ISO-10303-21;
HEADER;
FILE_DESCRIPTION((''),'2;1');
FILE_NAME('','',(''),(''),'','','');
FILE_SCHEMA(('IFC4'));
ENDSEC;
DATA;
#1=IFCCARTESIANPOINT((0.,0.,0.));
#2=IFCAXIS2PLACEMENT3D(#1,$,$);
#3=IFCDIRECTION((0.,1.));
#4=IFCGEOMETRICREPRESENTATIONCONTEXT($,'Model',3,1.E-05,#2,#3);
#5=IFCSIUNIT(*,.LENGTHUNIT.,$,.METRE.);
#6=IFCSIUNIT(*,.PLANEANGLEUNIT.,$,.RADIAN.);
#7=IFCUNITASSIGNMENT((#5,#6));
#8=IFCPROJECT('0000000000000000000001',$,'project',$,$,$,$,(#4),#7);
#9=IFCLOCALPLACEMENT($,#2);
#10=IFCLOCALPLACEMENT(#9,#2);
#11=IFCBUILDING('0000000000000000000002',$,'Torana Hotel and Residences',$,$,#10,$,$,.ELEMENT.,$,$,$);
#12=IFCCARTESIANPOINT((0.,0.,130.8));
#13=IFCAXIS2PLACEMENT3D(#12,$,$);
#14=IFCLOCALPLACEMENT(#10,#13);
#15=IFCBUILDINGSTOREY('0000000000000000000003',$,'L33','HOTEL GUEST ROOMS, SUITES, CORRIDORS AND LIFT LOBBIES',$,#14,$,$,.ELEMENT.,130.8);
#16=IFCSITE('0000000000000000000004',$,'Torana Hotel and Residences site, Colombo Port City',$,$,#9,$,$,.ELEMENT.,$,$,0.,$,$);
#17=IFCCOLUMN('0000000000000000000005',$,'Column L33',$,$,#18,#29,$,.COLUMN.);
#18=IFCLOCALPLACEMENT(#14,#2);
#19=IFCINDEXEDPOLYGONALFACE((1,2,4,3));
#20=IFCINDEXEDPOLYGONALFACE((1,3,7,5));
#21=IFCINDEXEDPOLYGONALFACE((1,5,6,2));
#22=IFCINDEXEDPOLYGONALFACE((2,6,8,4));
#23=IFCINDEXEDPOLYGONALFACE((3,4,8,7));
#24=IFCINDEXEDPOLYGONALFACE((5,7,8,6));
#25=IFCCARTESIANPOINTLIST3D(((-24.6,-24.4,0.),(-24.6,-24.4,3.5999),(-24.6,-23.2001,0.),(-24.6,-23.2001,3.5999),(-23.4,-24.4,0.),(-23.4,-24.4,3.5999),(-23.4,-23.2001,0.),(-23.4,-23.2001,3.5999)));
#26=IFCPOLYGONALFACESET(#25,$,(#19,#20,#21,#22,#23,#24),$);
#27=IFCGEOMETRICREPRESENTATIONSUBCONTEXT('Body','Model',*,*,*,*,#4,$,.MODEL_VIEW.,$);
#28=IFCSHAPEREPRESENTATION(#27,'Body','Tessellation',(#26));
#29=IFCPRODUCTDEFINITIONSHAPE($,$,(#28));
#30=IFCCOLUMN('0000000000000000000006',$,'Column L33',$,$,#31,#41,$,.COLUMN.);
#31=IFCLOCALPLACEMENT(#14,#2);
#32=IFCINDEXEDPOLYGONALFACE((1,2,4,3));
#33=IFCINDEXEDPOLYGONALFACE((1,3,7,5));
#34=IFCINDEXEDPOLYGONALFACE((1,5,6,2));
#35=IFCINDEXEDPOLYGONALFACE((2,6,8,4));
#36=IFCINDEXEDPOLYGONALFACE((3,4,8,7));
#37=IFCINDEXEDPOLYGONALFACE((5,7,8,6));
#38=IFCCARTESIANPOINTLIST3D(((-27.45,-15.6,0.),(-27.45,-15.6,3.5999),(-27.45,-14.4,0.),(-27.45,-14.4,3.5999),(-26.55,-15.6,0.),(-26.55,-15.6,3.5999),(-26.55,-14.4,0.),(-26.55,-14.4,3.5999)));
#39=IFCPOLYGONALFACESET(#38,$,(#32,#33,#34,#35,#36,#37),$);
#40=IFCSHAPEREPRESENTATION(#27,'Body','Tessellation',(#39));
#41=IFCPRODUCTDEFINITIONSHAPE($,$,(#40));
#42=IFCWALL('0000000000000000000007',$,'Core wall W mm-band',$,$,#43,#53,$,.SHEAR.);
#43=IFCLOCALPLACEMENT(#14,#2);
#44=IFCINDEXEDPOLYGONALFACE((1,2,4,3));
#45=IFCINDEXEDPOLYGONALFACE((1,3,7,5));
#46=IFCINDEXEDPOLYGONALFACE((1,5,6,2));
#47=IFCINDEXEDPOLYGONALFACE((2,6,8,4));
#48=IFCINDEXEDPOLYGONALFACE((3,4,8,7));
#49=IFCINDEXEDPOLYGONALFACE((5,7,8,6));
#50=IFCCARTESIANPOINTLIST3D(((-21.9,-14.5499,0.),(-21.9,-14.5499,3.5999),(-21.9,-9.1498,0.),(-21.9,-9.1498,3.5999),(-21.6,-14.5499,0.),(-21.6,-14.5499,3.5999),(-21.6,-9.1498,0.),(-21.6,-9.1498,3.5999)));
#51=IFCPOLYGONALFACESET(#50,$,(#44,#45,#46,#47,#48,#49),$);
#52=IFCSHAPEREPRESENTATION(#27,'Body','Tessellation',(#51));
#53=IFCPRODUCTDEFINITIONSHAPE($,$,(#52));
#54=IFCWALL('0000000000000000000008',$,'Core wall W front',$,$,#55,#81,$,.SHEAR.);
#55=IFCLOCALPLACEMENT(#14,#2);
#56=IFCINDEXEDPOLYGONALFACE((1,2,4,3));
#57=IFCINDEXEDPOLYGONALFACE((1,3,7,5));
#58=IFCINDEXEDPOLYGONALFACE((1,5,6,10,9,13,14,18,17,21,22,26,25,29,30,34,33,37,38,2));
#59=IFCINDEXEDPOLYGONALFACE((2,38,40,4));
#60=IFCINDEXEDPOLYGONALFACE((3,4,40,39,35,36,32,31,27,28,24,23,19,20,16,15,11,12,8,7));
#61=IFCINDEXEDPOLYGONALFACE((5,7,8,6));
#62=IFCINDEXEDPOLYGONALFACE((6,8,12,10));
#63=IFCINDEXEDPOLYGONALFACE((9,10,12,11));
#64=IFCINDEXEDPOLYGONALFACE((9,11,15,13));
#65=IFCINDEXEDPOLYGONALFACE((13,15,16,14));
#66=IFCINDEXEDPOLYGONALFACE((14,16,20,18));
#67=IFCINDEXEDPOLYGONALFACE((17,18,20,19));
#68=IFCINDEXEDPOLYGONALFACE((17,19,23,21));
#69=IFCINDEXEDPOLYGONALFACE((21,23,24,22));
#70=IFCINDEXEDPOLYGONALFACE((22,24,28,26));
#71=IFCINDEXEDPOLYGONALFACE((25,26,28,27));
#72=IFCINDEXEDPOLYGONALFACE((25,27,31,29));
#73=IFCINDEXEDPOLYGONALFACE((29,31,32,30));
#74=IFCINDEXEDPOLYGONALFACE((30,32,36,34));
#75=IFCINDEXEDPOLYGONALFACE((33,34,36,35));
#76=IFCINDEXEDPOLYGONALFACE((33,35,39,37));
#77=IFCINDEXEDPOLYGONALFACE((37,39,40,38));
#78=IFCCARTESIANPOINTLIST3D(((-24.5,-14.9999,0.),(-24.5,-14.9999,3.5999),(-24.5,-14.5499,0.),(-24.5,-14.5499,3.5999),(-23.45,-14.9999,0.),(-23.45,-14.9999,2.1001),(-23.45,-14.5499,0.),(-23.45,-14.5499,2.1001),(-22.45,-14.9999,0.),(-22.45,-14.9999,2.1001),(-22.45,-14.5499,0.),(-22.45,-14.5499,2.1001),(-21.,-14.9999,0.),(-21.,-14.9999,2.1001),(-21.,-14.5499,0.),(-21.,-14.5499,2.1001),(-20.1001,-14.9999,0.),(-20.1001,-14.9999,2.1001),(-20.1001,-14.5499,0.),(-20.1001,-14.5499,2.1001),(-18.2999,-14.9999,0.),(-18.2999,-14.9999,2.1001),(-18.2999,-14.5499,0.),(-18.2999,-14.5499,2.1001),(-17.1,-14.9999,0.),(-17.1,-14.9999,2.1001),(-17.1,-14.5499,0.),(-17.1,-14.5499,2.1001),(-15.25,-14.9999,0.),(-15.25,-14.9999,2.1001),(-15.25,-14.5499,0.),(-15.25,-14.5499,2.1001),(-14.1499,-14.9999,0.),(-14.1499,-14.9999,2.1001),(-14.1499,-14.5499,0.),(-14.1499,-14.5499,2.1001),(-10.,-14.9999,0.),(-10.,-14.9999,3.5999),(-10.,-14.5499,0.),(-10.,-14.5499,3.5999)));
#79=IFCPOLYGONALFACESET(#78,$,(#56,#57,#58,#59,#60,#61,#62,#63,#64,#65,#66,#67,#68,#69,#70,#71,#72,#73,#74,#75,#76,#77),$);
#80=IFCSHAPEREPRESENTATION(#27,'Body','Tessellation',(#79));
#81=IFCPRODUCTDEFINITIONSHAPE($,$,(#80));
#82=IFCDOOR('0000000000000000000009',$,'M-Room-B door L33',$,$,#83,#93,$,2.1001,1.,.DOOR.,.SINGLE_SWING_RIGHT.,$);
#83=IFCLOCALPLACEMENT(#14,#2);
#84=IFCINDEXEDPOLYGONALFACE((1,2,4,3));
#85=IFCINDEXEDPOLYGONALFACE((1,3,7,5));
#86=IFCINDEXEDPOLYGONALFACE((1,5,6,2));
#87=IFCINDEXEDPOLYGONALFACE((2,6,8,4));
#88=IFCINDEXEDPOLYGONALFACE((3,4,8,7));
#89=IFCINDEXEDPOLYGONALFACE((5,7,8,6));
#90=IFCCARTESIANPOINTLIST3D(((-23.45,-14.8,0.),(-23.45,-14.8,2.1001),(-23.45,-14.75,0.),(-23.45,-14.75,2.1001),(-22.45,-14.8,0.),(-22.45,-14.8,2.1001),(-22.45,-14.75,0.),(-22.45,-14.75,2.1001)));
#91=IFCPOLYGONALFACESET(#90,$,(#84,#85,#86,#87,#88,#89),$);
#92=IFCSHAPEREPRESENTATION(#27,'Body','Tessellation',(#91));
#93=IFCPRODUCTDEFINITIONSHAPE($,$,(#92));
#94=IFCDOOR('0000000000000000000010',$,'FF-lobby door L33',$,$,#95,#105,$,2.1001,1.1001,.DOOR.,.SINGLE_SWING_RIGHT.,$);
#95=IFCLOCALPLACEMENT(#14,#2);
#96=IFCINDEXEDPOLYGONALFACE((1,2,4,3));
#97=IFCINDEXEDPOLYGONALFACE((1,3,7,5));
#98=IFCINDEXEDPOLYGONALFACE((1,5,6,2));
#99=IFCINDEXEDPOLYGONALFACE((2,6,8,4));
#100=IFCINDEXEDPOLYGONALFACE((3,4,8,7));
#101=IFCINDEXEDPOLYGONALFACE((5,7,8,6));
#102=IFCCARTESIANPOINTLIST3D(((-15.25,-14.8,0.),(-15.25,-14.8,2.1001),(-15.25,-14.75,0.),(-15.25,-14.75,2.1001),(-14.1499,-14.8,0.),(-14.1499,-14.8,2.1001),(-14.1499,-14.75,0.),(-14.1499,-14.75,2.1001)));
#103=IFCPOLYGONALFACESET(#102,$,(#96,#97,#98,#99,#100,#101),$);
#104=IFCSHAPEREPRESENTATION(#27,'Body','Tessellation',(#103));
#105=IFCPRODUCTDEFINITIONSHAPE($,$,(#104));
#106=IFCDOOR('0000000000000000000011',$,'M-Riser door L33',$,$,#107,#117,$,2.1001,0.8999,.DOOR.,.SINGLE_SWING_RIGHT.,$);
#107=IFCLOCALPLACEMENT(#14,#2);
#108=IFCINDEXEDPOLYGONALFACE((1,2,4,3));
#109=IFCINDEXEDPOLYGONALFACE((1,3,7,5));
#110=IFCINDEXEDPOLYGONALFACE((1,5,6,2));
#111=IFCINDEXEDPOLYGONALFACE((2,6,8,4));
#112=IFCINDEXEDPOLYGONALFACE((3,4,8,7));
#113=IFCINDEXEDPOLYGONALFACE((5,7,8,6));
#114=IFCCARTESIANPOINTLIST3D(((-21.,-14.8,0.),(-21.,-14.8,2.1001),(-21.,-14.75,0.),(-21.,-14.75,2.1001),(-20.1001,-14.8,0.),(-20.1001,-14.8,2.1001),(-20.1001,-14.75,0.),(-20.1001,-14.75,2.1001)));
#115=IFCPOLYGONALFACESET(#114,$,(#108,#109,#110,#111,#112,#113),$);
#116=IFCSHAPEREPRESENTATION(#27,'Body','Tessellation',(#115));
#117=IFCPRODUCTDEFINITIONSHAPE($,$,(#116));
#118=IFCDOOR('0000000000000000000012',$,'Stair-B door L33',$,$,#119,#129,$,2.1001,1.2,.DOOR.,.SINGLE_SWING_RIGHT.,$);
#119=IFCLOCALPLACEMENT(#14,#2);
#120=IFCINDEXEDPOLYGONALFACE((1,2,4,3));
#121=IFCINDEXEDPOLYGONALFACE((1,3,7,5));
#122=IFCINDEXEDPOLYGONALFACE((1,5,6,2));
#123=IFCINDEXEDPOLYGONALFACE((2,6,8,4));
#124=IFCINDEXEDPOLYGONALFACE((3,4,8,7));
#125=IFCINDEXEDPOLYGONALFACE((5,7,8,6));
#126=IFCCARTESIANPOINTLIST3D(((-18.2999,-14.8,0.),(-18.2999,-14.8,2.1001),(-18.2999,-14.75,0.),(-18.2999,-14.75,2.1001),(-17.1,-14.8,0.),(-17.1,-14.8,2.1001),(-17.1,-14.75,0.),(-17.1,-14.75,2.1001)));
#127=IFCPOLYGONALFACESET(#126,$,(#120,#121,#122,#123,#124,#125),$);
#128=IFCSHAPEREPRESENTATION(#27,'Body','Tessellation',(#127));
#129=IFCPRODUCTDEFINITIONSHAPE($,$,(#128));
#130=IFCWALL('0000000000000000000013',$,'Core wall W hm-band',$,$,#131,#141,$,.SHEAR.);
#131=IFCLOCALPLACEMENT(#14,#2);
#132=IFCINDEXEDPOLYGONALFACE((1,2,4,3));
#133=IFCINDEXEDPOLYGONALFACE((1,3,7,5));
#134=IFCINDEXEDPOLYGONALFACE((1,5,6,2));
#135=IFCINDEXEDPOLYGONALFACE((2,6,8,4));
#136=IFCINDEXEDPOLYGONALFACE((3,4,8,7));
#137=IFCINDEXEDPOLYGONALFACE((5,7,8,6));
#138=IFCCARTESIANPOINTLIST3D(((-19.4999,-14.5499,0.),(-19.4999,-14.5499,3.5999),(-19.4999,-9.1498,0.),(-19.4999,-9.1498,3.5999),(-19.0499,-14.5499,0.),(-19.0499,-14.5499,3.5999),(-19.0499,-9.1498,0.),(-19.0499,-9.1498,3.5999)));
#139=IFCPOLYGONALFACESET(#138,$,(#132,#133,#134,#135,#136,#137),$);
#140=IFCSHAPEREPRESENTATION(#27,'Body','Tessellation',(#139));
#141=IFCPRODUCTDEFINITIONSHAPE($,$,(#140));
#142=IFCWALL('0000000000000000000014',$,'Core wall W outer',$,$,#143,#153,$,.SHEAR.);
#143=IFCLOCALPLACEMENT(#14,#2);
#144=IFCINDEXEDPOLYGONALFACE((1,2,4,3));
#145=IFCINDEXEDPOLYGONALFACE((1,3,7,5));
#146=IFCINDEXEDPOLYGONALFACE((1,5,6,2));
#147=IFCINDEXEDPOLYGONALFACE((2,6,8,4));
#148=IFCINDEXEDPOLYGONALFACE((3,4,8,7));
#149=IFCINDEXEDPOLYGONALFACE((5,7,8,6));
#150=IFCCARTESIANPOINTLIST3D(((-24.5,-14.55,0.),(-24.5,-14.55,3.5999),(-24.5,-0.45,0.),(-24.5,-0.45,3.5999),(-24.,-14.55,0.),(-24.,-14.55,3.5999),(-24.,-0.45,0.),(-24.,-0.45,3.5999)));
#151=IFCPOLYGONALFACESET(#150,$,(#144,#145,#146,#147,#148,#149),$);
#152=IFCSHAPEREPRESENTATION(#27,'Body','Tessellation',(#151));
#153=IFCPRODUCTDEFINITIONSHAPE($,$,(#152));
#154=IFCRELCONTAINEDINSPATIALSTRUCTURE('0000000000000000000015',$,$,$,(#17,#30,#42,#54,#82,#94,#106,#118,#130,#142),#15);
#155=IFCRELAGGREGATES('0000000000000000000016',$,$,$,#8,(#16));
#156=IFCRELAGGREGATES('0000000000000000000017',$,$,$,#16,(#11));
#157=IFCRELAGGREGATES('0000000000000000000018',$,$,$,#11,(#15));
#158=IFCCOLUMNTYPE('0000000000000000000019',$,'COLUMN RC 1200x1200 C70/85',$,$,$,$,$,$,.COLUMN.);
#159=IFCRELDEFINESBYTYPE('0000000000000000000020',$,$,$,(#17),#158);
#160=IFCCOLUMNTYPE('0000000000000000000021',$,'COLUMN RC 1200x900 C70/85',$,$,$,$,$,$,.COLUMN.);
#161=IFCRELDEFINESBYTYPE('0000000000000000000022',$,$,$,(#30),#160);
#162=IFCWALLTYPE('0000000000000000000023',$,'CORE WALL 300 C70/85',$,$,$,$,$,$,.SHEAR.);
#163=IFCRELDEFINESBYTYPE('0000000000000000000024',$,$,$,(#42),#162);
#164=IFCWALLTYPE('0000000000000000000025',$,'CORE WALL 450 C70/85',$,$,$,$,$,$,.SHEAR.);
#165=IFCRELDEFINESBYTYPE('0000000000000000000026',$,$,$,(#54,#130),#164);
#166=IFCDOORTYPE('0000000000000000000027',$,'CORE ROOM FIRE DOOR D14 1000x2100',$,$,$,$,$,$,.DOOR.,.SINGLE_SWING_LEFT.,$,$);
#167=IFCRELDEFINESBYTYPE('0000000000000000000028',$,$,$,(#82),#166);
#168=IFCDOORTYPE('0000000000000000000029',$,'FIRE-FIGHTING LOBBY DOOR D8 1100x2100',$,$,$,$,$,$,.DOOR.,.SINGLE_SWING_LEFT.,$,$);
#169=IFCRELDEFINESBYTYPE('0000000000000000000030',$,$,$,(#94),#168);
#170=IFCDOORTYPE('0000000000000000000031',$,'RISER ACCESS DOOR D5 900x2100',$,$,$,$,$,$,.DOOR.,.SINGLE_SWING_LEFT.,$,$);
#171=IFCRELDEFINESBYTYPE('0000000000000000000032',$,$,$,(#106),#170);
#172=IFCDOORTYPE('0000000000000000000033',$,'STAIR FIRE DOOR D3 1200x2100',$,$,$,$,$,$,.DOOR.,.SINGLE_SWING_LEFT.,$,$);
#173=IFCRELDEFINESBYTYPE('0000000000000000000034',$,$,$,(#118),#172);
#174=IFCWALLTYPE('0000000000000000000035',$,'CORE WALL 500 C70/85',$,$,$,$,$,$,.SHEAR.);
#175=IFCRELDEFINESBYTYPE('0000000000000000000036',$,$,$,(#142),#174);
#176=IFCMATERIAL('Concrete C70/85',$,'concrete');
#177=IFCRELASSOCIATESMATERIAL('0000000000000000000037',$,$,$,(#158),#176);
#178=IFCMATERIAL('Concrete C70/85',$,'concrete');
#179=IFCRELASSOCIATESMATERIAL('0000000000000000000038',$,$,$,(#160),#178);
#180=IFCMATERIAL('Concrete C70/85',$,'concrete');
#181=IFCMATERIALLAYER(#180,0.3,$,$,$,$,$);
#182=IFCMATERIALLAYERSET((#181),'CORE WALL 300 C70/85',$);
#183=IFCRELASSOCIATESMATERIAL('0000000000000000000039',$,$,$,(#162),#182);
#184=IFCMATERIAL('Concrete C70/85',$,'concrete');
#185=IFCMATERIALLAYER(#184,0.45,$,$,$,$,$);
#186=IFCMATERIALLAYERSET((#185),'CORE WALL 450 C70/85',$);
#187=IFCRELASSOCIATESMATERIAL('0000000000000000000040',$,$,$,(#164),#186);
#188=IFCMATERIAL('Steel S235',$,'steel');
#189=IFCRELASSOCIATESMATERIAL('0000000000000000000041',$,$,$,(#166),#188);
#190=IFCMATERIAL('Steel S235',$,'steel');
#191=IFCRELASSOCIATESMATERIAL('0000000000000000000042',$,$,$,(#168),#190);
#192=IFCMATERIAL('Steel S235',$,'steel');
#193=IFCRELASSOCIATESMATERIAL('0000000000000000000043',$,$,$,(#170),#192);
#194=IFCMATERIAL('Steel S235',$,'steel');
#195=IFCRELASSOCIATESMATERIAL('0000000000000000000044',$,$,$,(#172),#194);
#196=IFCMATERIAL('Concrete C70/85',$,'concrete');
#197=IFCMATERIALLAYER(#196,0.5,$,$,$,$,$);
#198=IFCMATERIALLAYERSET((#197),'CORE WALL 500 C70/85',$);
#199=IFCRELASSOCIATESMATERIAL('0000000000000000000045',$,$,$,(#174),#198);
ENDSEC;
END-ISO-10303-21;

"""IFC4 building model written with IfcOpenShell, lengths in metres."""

from ifc_helpers import new_model, si_unit, direction, frame, frame_2d, origin, origin_2d, place, context, subcontext, project, spatial, rectangle, extrude, material, layer, layer_set, material_profile, profile_set, type_object, element, fill, save


model = new_model("IFC4")

# Units and contexts
model_context = context("Model", 3, precision=1e-05, world=origin(), true_north=direction((0.0, 1.0)))
body_context = subcontext(model_context, "Body", "Model", "MODEL_VIEW")
ifc_project = project(units=[si_unit("LENGTHUNIT", "METRE"), si_unit("PLANEANGLEUNIT", "RADIAN")], contexts=[model_context])

# Site, building, storey
site_placement = place(None, origin())
site = spatial("IfcSite", under=ifc_project, at=site_placement, Name="Torana Hotel and Residences site, Colombo Port City", CompositionType="ELEMENT", RefElevation=0.0)
building_placement = place(site_placement, origin())
building = spatial("IfcBuilding", under=site, at=building_placement, Name="Torana Hotel and Residences", CompositionType="ELEMENT")
storey_placement = place(building_placement, frame((0.0, 0.0, 130.8)))
storey = spatial("IfcBuildingStorey", under=building, at=storey_placement, Name="L33", Description="HOTEL GUEST ROOMS, SUITES, CORRIDORS AND LIFT LOBBIES", CompositionType="ELEMENT", Elevation=130.8)

# Columns
ifc_material_1 = material(Name="Concrete C70/85", Category="concrete")
ifc_material_profile_1 = material_profile(ifc_material_1, rectangle(XDim=1.2, YDim=1.2, at=origin_2d()), Name="RC 1200x1200")
ifc_profile_set_1 = profile_set([ifc_material_profile_1], Name="Concrete C70/85")
column_type_1 = type_object("IfcColumnType", Name="COLUMN RC 1200x1200 C70/85", PredefinedType="COLUMN", material=ifc_profile_set_1)
column_1_placement = place(storey_placement, frame((-24.0, -23.8, 0.0), z_axis=(0.0, 0.0, 1.0), x_axis=(1.0, 0.0, 0.0)))
element("IfcColumn", 1, at=column_1_placement, inside=storey, type_object=column_type_1, Name="Column L33", PredefinedType="COLUMN", context=body_context, shape_type="SweptSolid", body=[
    extrude(rectangle(XDim=1.2, YDim=1.2, at=origin_2d()), origin(), (0.0, 0.0, 1.0), 3.5999),
])
ifc_material_2 = material(Name="Concrete C70/85", Category="concrete")
ifc_material_profile_2 = material_profile(ifc_material_2, rectangle(XDim=1.2, YDim=0.8999, at=origin_2d()), Name="RC 1200x900")
ifc_profile_set_2 = profile_set([ifc_material_profile_2], Name="Concrete C70/85")
column_type_2 = type_object("IfcColumnType", Name="COLUMN RC 1200x900 C70/85", PredefinedType="COLUMN", material=ifc_profile_set_2)
column_2_placement = place(storey_placement, frame((-27.0, -15.0, 0.0), z_axis=(0.0, 0.0, 1.0), x_axis=(0.0, 1.0, 0.0)))
element("IfcColumn", 2, at=column_2_placement, inside=storey, type_object=column_type_2, Name="Column L33", PredefinedType="COLUMN", context=body_context, shape_type="SweptSolid", body=[
    extrude(rectangle(XDim=1.2, YDim=0.8999, at=origin_2d()), origin(), (0.0, 0.0, 1.0), 3.5999),
])

# Wall
ifc_material_3 = material(Name="Concrete C70/85", Category="concrete")
ifc_layer_1 = layer(ifc_material_3, 0.3)
ifc_layer_set_1 = layer_set([ifc_layer_1], Name="CORE WALL 300 C70/85")
wall_type_1 = type_object("IfcWallType", Name="CORE WALL 300 C70/85", PredefinedType="SHEAR", material=ifc_layer_set_1)
wall_1_placement = place(storey_placement, frame((-21.75, -14.55, 0.0), z_axis=(0.0, 0.0, 1.0), x_axis=(0.0, 1.0, 0.0)))
element("IfcWall", 3, at=wall_1_placement, inside=storey, type_object=wall_type_1, Name="Core wall W mm-band", PredefinedType="SHEAR", context=body_context, shape_type="SweptSolid", body=[
    extrude(rectangle(XDim=5.4001, YDim=0.3, at=frame_2d((2.7002, 0.0))), origin(), (0.0, 0.0, 1.0), 3.5999),
])

# Wall, openings, doors
ifc_material_4 = material(Name="Concrete C70/85", Category="concrete")
ifc_layer_2 = layer(ifc_material_4, 0.45)
ifc_layer_set_2 = layer_set([ifc_layer_2], Name="CORE WALL 450 C70/85")
wall_type_2 = type_object("IfcWallType", Name="CORE WALL 450 C70/85", PredefinedType="SHEAR", material=ifc_layer_set_2)
wall_2_placement = place(storey_placement, frame((-24.5, -14.7749, 0.0), z_axis=(0.0, 0.0, 1.0), x_axis=(1.0, 0.0, 0.0)))
wall_2 = element("IfcWall", 4, at=wall_2_placement, inside=storey, type_object=wall_type_2, Name="Core wall W front", PredefinedType="SHEAR", context=body_context, shape_type="SweptSolid", body=[
    extrude(rectangle(XDim=14.5, YDim=0.45, at=frame_2d((7.25, 0.0))), origin(), (0.0, 0.0, 1.0), 3.5999),
])
opening_1_placement = place(wall_2_placement, frame((6.2, 0.0, 0.0)))
opening_1 = element("IfcOpeningElement", 5, at=opening_1_placement, cuts=wall_2, PredefinedType="OPENING", context=body_context, shape_type="SweptSolid", body=[
    extrude(rectangle(XDim=1.2, YDim=2.1001, at=frame_2d((0.6001, 1.05))), frame((0.0, 0.2349, 0.0), z_axis=(0.0, -1.0, 0.0), x_axis=(1.0, 0.0, 0.0)), (0.0, 0.0, 1.0), 0.47),
])
opening_2_placement = place(wall_2_placement, frame((9.25, 0.0, 0.0)))
opening_2 = element("IfcOpeningElement", 6, at=opening_2_placement, cuts=wall_2, PredefinedType="OPENING", context=body_context, shape_type="SweptSolid", body=[
    extrude(rectangle(XDim=1.1001, YDim=2.1001, at=frame_2d((0.55, 1.05))), frame((0.0, 0.2349, 0.0), z_axis=(0.0, -1.0, 0.0), x_axis=(1.0, 0.0, 0.0)), (0.0, 0.0, 1.0), 0.47),
])
opening_3_placement = place(wall_2_placement, frame((3.5, 0.0, 0.0)))
opening_3 = element("IfcOpeningElement", 7, at=opening_3_placement, cuts=wall_2, PredefinedType="OPENING", context=body_context, shape_type="SweptSolid", body=[
    extrude(rectangle(XDim=0.8999, YDim=2.1001, at=frame_2d((0.45, 1.05))), frame((0.0, 0.2349, 0.0), z_axis=(0.0, -1.0, 0.0), x_axis=(1.0, 0.0, 0.0)), (0.0, 0.0, 1.0), 0.47),
])
opening_4_placement = place(wall_2_placement, frame((1.05, 0.0, 0.0)))
opening_4 = element("IfcOpeningElement", 8, at=opening_4_placement, cuts=wall_2, PredefinedType="OPENING", context=body_context, shape_type="SweptSolid", body=[
    extrude(rectangle(XDim=1.0, YDim=2.1001, at=frame_2d((0.5, 1.05))), frame((0.0, 0.2349, 0.0), z_axis=(0.0, -1.0, 0.0), x_axis=(1.0, 0.0, 0.0)), (0.0, 0.0, 1.0), 0.47),
])
ifc_material_5 = material(Name="Steel S235", Category="steel")
door_type_1 = type_object("IfcDoorType", Name="CORE ROOM FIRE DOOR D14 1000x2100", OperationType="SINGLE_SWING_LEFT", PredefinedType="DOOR", material=ifc_material_5)
door_1_placement = place(opening_4_placement, origin())
door_1 = element("IfcDoor", 9, at=door_1_placement, inside=storey, type_object=door_type_1, Name="M-Room-B door L33", OperationType="SINGLE_SWING_RIGHT", OverallHeight=2.1001, OverallWidth=1.0, PredefinedType="DOOR", context=body_context, shape_type="SweptSolid", body=[
    extrude(rectangle(XDim=1.0, YDim=2.1001, at=frame_2d((0.5, 1.05))), frame((0.0, 0.0249, 0.0), z_axis=(0.0, -1.0, 0.0), x_axis=(1.0, 0.0, 0.0)), (0.0, 0.0, 1.0), 0.05),
])
fill(opening_4, door_1)
ifc_material_6 = material(Name="Steel S235", Category="steel")
door_type_2 = type_object("IfcDoorType", Name="FIRE-FIGHTING LOBBY DOOR D8 1100x2100", OperationType="SINGLE_SWING_LEFT", PredefinedType="DOOR", material=ifc_material_6)
door_2_placement = place(opening_2_placement, origin())
door_2 = element("IfcDoor", 10, at=door_2_placement, inside=storey, type_object=door_type_2, Name="FF-lobby door L33", OperationType="SINGLE_SWING_RIGHT", OverallHeight=2.1001, OverallWidth=1.1001, PredefinedType="DOOR", context=body_context, shape_type="SweptSolid", body=[
    extrude(rectangle(XDim=1.1001, YDim=2.1001, at=frame_2d((0.55, 1.05))), frame((0.0, 0.0249, 0.0), z_axis=(0.0, -1.0, 0.0), x_axis=(1.0, 0.0, 0.0)), (0.0, 0.0, 1.0), 0.05),
])
fill(opening_2, door_2)
ifc_material_7 = material(Name="Steel S235", Category="steel")
door_type_3 = type_object("IfcDoorType", Name="RISER ACCESS DOOR D5 900x2100", OperationType="SINGLE_SWING_LEFT", PredefinedType="DOOR", material=ifc_material_7)
door_3_placement = place(opening_3_placement, origin())
door_3 = element("IfcDoor", 11, at=door_3_placement, inside=storey, type_object=door_type_3, Name="M-Riser door L33", OperationType="SINGLE_SWING_RIGHT", OverallHeight=2.1001, OverallWidth=0.8999, PredefinedType="DOOR", context=body_context, shape_type="SweptSolid", body=[
    extrude(rectangle(XDim=0.8999, YDim=2.1001, at=frame_2d((0.45, 1.05))), frame((0.0, 0.0249, 0.0), z_axis=(0.0, -1.0, 0.0), x_axis=(1.0, 0.0, 0.0)), (0.0, 0.0, 1.0), 0.05),
])
fill(opening_3, door_3)
ifc_material_8 = material(Name="Steel S235", Category="steel")
door_type_4 = type_object("IfcDoorType", Name="STAIR FIRE DOOR D3 1200x2100", OperationType="SINGLE_SWING_LEFT", PredefinedType="DOOR", material=ifc_material_8)
door_4_placement = place(opening_1_placement, origin())
door_4 = element("IfcDoor", 12, at=door_4_placement, inside=storey, type_object=door_type_4, Name="Stair-B door L33", OperationType="SINGLE_SWING_RIGHT", OverallHeight=2.1001, OverallWidth=1.2, PredefinedType="DOOR", context=body_context, shape_type="SweptSolid", body=[
    extrude(rectangle(XDim=1.2, YDim=2.1001, at=frame_2d((0.6001, 1.05))), frame((0.0, 0.0249, 0.0), z_axis=(0.0, -1.0, 0.0), x_axis=(1.0, 0.0, 0.0)), (0.0, 0.0, 1.0), 0.05),
])
fill(opening_1, door_4)

# Walls
wall_3_placement = place(storey_placement, frame((-19.2749, -14.55, 0.0), z_axis=(0.0, 0.0, 1.0), x_axis=(0.0, 1.0, 0.0)))
element("IfcWall", 13, at=wall_3_placement, inside=storey, type_object=wall_type_2, Name="Core wall W hm-band", PredefinedType="SHEAR", context=body_context, shape_type="SweptSolid", body=[
    extrude(rectangle(XDim=5.4001, YDim=0.45, at=frame_2d((2.7002, 0.0))), origin(), (0.0, 0.0, 1.0), 3.5999),
])
ifc_material_9 = material(Name="Concrete C70/85", Category="concrete")
ifc_layer_3 = layer(ifc_material_9, 0.5)
ifc_layer_set_3 = layer_set([ifc_layer_3], Name="CORE WALL 500 C70/85")
wall_type_3 = type_object("IfcWallType", Name="CORE WALL 500 C70/85", PredefinedType="SHEAR", material=ifc_layer_set_3)
wall_4_placement = place(storey_placement, frame((-24.25, -14.55, 0.0), z_axis=(0.0, 0.0, 1.0), x_axis=(0.0, 1.0, 0.0)))
element("IfcWall", 14, at=wall_4_placement, inside=storey, type_object=wall_type_3, Name="Core wall W outer", PredefinedType="SHEAR", context=body_context, shape_type="SweptSolid", body=[
    extrude(rectangle(XDim=14.1001, YDim=0.5, at=frame_2d((7.05, 0.0))), origin(), (0.0, 0.0, 1.0), 3.5999),
])

save(model, "model.ifc")
